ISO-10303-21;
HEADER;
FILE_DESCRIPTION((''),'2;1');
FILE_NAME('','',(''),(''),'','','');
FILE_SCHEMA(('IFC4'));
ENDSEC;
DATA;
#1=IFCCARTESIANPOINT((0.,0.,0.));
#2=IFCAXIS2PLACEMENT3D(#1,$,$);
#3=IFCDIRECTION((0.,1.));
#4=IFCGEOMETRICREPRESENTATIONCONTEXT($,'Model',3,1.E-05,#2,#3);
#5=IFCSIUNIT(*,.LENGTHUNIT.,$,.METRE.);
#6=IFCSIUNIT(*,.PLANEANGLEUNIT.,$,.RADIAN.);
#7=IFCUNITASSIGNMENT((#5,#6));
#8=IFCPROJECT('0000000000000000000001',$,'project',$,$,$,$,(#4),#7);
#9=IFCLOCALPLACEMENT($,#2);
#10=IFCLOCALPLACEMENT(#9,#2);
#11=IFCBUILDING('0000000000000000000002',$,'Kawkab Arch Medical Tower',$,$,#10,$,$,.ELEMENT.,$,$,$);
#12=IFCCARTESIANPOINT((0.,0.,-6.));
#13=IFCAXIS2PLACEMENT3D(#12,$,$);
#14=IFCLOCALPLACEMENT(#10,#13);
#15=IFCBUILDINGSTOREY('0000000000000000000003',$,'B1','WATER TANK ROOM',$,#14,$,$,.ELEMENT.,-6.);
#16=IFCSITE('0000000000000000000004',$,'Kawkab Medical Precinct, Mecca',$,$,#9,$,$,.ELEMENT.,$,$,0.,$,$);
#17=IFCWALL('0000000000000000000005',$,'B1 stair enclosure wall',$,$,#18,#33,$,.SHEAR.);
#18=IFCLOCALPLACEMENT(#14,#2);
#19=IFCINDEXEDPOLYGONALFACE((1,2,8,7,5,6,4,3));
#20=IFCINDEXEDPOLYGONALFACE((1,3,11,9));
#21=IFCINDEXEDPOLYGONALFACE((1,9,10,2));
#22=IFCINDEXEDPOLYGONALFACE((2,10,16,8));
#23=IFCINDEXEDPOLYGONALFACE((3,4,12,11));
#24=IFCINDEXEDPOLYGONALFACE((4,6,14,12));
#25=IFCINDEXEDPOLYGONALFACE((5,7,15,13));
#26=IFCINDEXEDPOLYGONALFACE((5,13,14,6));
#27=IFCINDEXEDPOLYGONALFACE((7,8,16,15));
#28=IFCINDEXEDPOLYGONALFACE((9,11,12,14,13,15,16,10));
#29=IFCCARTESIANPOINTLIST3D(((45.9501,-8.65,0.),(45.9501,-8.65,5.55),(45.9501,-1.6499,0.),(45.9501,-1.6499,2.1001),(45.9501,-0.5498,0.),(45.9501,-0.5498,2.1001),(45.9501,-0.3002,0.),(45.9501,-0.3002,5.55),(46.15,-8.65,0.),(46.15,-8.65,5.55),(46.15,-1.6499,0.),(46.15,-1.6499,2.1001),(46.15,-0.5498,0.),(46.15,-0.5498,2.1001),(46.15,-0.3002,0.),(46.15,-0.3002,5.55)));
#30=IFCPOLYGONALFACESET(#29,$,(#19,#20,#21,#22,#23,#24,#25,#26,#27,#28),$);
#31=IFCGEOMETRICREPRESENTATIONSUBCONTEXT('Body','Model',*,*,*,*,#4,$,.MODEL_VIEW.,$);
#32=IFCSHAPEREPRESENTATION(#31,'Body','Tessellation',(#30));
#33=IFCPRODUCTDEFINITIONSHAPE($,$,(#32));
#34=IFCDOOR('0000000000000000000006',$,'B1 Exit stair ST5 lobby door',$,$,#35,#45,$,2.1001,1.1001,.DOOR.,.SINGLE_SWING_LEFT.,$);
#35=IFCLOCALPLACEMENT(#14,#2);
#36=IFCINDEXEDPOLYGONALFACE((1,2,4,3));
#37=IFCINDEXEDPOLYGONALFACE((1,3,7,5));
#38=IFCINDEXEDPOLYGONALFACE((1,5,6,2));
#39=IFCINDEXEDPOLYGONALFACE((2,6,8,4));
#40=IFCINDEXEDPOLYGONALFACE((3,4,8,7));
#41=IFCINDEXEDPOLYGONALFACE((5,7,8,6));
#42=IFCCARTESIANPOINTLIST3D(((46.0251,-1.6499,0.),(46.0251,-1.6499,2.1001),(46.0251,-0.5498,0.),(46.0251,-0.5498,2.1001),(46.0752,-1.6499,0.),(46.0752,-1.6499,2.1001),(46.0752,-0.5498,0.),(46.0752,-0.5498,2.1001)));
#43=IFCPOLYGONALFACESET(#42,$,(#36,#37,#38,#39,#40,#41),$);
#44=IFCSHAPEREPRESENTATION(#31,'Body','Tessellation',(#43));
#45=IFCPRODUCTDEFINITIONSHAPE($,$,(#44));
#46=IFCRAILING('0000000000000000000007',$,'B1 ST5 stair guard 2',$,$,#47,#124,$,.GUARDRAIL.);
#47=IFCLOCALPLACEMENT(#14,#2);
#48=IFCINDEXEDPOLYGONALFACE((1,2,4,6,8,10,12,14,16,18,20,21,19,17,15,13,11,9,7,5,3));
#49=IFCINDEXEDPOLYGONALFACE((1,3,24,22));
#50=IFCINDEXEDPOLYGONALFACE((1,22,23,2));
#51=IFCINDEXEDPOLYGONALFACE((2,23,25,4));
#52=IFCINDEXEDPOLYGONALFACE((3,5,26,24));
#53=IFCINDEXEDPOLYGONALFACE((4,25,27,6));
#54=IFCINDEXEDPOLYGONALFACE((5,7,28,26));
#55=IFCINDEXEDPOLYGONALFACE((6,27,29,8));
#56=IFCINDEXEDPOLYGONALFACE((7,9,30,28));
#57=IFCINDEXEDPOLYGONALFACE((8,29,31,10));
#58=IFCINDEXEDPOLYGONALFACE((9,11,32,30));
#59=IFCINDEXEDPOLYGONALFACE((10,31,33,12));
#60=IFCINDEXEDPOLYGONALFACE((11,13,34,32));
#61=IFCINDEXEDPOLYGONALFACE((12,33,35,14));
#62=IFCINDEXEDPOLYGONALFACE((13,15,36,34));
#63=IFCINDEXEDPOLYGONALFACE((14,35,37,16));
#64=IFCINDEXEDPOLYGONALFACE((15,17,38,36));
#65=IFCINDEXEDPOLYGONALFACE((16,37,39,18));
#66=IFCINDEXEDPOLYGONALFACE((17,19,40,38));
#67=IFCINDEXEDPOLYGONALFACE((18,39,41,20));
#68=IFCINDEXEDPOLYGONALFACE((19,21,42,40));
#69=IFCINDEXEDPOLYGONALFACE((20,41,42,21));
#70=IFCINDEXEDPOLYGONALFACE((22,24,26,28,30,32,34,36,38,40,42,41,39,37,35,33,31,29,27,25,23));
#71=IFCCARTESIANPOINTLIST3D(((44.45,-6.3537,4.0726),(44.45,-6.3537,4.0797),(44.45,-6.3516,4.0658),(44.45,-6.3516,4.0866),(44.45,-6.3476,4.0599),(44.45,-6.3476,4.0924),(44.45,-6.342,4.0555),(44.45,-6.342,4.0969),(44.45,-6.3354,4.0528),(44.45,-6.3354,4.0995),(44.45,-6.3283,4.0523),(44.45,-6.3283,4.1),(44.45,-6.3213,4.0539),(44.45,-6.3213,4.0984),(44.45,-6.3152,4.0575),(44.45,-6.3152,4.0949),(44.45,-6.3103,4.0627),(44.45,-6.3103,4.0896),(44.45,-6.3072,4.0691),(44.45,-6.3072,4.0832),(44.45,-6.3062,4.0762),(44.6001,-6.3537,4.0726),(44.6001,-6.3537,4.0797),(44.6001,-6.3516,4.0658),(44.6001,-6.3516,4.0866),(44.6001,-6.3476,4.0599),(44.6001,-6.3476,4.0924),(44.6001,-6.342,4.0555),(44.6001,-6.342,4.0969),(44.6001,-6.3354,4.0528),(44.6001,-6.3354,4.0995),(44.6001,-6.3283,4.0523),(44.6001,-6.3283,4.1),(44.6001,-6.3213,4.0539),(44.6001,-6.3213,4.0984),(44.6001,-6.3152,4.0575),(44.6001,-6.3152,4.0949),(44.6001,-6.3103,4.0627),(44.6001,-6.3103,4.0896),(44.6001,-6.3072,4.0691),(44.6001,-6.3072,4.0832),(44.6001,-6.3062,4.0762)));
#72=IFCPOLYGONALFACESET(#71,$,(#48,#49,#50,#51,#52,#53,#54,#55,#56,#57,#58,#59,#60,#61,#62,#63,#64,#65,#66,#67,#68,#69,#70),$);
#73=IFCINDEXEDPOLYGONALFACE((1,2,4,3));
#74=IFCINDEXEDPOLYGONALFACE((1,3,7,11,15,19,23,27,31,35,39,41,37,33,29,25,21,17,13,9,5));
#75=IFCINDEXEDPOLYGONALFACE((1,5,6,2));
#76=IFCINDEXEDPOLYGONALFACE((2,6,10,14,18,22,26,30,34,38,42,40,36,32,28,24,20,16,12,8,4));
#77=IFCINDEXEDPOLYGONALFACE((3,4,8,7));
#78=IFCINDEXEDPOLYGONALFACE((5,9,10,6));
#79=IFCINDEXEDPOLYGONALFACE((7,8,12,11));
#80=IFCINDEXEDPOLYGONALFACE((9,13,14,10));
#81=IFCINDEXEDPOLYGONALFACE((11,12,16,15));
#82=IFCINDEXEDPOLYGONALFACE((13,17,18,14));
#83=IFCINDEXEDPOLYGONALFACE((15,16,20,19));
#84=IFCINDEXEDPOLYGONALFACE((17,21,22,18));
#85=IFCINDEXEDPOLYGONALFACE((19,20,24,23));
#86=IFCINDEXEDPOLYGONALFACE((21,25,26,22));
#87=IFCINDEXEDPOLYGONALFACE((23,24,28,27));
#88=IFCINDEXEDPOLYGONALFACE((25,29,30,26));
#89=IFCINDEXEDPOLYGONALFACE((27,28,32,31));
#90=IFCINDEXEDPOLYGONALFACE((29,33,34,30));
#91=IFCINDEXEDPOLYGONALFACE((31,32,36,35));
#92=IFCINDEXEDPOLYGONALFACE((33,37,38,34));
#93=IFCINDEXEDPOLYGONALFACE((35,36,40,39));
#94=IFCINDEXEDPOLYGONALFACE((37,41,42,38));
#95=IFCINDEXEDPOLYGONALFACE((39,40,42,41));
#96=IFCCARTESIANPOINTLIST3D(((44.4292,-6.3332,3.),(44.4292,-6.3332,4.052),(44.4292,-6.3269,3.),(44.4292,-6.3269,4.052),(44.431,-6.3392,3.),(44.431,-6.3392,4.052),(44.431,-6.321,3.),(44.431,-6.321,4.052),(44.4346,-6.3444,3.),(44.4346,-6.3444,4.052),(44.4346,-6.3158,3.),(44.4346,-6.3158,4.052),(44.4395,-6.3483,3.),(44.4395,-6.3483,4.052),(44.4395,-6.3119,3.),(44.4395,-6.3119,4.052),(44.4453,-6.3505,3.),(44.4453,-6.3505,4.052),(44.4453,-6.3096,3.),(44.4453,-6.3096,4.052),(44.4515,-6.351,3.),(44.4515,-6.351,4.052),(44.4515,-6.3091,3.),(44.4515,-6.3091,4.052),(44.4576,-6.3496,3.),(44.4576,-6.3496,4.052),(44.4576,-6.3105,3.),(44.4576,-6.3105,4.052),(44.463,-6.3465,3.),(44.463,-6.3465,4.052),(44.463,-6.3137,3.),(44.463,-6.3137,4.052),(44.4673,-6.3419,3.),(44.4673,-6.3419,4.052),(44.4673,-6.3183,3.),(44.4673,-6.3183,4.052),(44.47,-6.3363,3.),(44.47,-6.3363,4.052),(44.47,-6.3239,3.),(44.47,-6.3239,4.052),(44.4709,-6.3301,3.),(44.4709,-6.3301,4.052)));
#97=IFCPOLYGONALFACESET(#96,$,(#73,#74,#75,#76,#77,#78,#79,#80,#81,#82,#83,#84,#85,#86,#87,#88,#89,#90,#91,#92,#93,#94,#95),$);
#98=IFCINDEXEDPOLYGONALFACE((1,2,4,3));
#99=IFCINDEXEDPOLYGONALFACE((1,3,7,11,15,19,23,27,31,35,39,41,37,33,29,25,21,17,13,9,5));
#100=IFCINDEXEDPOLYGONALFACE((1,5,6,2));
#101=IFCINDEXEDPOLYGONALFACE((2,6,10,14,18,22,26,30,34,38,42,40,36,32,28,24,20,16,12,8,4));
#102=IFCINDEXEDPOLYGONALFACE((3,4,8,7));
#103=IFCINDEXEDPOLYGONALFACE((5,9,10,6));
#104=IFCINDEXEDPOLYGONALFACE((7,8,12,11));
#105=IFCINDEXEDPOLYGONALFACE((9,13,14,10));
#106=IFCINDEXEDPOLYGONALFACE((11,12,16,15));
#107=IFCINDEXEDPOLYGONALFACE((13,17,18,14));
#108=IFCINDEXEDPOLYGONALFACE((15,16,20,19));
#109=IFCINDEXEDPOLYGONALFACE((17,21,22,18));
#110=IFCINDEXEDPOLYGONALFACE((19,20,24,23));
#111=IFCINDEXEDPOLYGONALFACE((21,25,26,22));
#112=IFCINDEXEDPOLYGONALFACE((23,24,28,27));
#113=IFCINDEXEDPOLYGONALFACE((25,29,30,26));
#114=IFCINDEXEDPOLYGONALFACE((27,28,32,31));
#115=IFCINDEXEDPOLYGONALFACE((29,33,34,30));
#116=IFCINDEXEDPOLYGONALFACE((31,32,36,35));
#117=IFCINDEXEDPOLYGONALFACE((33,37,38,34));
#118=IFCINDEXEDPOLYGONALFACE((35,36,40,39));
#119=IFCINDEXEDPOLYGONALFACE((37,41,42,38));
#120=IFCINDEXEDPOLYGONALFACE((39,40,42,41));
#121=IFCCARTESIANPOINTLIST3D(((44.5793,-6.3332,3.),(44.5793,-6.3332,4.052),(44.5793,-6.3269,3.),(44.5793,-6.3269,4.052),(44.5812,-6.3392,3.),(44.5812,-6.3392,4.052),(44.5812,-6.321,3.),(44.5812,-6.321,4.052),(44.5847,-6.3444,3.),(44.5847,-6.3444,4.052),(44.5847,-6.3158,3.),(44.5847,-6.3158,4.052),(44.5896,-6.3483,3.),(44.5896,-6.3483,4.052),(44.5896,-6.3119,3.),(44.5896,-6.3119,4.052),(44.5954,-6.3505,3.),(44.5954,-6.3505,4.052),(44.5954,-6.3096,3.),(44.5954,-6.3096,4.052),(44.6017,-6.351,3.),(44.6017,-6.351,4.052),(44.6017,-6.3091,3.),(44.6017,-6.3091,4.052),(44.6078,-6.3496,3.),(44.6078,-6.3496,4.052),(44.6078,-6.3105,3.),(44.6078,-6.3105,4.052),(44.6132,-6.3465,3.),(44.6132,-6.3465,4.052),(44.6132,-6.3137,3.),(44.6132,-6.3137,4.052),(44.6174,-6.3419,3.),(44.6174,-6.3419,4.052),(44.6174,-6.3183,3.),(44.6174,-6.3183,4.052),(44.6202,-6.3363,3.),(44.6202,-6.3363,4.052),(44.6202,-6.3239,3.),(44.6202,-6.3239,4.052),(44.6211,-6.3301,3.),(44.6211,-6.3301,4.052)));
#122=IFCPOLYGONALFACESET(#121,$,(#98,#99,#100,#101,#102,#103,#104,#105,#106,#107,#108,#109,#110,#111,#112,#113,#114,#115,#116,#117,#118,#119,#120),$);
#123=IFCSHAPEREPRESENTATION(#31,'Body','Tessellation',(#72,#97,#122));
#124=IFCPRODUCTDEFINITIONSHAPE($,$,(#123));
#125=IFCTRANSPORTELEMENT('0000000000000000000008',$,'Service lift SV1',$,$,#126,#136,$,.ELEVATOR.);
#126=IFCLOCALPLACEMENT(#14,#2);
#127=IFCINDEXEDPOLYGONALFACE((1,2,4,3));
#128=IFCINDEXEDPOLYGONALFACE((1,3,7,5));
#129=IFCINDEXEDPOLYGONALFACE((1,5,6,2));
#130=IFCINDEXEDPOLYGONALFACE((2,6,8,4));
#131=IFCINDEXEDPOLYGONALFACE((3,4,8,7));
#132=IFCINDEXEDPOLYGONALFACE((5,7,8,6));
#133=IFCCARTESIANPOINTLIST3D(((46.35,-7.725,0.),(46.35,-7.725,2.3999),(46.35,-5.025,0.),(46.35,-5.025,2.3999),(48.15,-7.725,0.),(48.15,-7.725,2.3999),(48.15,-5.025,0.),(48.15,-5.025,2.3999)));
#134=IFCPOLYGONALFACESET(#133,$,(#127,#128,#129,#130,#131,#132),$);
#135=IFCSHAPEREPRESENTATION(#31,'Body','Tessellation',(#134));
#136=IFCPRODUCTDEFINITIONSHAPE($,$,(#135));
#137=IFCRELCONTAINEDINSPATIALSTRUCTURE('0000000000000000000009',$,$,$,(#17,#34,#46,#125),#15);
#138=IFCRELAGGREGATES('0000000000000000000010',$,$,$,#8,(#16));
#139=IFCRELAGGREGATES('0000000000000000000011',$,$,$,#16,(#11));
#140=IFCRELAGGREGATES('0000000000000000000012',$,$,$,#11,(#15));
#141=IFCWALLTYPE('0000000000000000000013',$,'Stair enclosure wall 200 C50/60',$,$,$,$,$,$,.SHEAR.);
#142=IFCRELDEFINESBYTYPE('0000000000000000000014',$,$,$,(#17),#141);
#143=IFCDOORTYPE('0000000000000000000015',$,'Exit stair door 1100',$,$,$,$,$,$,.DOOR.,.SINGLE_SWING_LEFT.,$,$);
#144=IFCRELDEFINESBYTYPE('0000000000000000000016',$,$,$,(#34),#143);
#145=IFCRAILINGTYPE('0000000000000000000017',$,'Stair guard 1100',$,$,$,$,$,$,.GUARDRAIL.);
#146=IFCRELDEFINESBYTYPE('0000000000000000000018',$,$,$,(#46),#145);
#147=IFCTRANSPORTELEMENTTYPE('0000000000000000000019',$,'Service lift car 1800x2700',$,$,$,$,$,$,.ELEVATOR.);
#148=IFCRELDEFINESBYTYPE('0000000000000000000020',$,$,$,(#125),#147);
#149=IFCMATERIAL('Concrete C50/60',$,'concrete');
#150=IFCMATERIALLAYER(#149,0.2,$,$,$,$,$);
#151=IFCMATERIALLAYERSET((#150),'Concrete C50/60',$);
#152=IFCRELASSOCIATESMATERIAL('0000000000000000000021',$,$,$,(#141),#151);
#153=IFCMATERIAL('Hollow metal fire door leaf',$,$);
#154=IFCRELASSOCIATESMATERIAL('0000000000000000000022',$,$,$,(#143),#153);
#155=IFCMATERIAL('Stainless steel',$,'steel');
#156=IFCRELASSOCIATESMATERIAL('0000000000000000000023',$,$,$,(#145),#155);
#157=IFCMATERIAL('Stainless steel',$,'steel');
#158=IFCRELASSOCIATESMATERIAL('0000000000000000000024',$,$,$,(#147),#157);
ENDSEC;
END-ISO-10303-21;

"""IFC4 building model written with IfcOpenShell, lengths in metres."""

from ifc_helpers import new_model, si_unit, direction, frame, frame_2d, origin, origin_2d, place, context, subcontext, project, spatial, rectangle, circle, extrude, material, layer, layer_set, type_object, element, fill, save


model = new_model("IFC4")

# Units and contexts
model_context = context("Model", 3, precision=1e-05, world=origin(), true_north=direction((0.0, 1.0)))
body_context = subcontext(model_context, "Body", "Model", "MODEL_VIEW")
ifc_project = project(units=[si_unit("LENGTHUNIT", "METRE"), si_unit("PLANEANGLEUNIT", "RADIAN")], contexts=[model_context])

# Site, building, storey
site_placement = place(None, origin())
site = spatial("IfcSite", under=ifc_project, at=site_placement, Name="Kawkab Medical Precinct, Mecca", CompositionType="ELEMENT", RefElevation=0.0)
building_placement = place(site_placement, origin())
building = spatial("IfcBuilding", under=site, at=building_placement, Name="Kawkab Arch Medical Tower", CompositionType="ELEMENT")
storey_placement = place(building_placement, frame((0.0, 0.0, -6.0)))
storey = spatial("IfcBuildingStorey", under=building, at=storey_placement, Name="B1", Description="WATER TANK ROOM", CompositionType="ELEMENT", Elevation=-6.0)

# Wall, opening, door
ifc_material_1 = material(Name="Concrete C50/60", Category="concrete")
ifc_layer_1 = layer(ifc_material_1, 0.2)
ifc_layer_set_1 = layer_set([ifc_layer_1], Name="Concrete C50/60")
wall_type_1 = type_object("IfcWallType", Name="Stair enclosure wall 200 C50/60", PredefinedType="SHEAR", material=ifc_layer_set_1)
ifc_material_2 = material(Name="Hollow metal fire door leaf")
door_type_1 = type_object("IfcDoorType", Name="Exit stair door 1100", OperationType="SINGLE_SWING_LEFT", PredefinedType="DOOR", material=ifc_material_2)
wall_1_placement = place(storey_placement, frame((46.05, -8.6499, 0.0), z_axis=(0.0, 0.0, 1.0), x_axis=(0.0, 1.0, 0.0)))
wall_1 = element("IfcWall", 1, at=wall_1_placement, inside=storey, type_object=wall_type_1, Name="B1 stair enclosure wall", PredefinedType="SHEAR", context=body_context, shape_type="SweptSolid", body=[
    extrude(rectangle(XDim=8.3499, YDim=0.2, at=frame_2d((4.1748, 0.0))), origin(), (0.0, 0.0, 1.0), 5.55),
])
opening_1_placement = place(wall_1_placement, frame((7.0, 0.0, 0.0)))
opening_1 = element("IfcOpeningElement", 2, at=opening_1_placement, cuts=wall_1, PredefinedType="OPENING", context=body_context, shape_type="SweptSolid", body=[
    extrude(rectangle(XDim=1.1001, YDim=2.1001, at=frame_2d((0.55, 1.05))), frame((0.0, 0.1099, 0.0), z_axis=(0.0, -1.0, 0.0), x_axis=(1.0, 0.0, 0.0)), (0.0, 0.0, 1.0), 0.22),
])
door_1_placement = place(opening_1_placement, origin())
door_1 = element("IfcDoor", 3, at=door_1_placement, inside=storey, type_object=door_type_1, Name="B1 Exit stair ST5 lobby door", OperationType="SINGLE_SWING_LEFT", OverallHeight=2.1001, OverallWidth=1.1001, PredefinedType="DOOR", context=body_context, shape_type="SweptSolid", body=[
    extrude(rectangle(XDim=1.1001, YDim=2.1001, at=frame_2d((0.55, 1.05))), frame((0.0, 0.0249, 0.0), z_axis=(0.0, -1.0, 0.0), x_axis=(1.0, 0.0, 0.0)), (0.0, 0.0, 1.0), 0.05),
])
fill(opening_1, door_1)

# Railing
ifc_material_3 = material(Name="Stainless steel", Category="steel")
railing_type = type_object("IfcRailingType", Name="Stair guard 1100", PredefinedType="GUARDRAIL", material=ifc_material_3)
railing_placement = place(storey_placement, frame((44.45, -6.3301, 3.0)))
element("IfcRailing", 4, at=railing_placement, inside=storey, type_object=railing_type, Name="B1 ST5 stair guard 2", PredefinedType="GUARDRAIL", context=body_context, shape_type="SweptSolid", body=[
    extrude(circle(Radius=0.0239, at=origin_2d()), frame((0.0, 0.0, 1.0762), z_axis=(1.0, 0.0, 0.0), x_axis=(0.0, 1.0, 0.0)), (0.0, 0.0, 1.0), 0.1501),
    extrude(circle(Radius=0.021, at=origin_2d()), origin(), (0.0, 0.0, 1.0), 1.052),
    extrude(circle(Radius=0.021, at=origin_2d()), frame((0.1501, 0.0, 0.0)), (0.0, 0.0, 1.0), 1.052),
])

# Transport element
ifc_material_4 = material(Name="Stainless steel", Category="steel")
transport_element_type = type_object("IfcTransportElementType", Name="Service lift car 1800x2700", PredefinedType="ELEVATOR", material=ifc_material_4)
transport_element_placement = place(storey_placement, frame((47.25, -6.375, 0.0), z_axis=(0.0, 0.0, 1.0), x_axis=(1.0, 0.0, 0.0)))
element("IfcTransportElement", 5, at=transport_element_placement, inside=storey, type_object=transport_element_type, Name="Service lift SV1", PredefinedType="ELEVATOR", context=body_context, shape_type="SweptSolid", body=[
    extrude(rectangle(XDim=1.8, YDim=2.7, at=origin_2d()), origin(), (0.0, 0.0, 1.0), 2.3999),
])

save(model, "model.ifc")
